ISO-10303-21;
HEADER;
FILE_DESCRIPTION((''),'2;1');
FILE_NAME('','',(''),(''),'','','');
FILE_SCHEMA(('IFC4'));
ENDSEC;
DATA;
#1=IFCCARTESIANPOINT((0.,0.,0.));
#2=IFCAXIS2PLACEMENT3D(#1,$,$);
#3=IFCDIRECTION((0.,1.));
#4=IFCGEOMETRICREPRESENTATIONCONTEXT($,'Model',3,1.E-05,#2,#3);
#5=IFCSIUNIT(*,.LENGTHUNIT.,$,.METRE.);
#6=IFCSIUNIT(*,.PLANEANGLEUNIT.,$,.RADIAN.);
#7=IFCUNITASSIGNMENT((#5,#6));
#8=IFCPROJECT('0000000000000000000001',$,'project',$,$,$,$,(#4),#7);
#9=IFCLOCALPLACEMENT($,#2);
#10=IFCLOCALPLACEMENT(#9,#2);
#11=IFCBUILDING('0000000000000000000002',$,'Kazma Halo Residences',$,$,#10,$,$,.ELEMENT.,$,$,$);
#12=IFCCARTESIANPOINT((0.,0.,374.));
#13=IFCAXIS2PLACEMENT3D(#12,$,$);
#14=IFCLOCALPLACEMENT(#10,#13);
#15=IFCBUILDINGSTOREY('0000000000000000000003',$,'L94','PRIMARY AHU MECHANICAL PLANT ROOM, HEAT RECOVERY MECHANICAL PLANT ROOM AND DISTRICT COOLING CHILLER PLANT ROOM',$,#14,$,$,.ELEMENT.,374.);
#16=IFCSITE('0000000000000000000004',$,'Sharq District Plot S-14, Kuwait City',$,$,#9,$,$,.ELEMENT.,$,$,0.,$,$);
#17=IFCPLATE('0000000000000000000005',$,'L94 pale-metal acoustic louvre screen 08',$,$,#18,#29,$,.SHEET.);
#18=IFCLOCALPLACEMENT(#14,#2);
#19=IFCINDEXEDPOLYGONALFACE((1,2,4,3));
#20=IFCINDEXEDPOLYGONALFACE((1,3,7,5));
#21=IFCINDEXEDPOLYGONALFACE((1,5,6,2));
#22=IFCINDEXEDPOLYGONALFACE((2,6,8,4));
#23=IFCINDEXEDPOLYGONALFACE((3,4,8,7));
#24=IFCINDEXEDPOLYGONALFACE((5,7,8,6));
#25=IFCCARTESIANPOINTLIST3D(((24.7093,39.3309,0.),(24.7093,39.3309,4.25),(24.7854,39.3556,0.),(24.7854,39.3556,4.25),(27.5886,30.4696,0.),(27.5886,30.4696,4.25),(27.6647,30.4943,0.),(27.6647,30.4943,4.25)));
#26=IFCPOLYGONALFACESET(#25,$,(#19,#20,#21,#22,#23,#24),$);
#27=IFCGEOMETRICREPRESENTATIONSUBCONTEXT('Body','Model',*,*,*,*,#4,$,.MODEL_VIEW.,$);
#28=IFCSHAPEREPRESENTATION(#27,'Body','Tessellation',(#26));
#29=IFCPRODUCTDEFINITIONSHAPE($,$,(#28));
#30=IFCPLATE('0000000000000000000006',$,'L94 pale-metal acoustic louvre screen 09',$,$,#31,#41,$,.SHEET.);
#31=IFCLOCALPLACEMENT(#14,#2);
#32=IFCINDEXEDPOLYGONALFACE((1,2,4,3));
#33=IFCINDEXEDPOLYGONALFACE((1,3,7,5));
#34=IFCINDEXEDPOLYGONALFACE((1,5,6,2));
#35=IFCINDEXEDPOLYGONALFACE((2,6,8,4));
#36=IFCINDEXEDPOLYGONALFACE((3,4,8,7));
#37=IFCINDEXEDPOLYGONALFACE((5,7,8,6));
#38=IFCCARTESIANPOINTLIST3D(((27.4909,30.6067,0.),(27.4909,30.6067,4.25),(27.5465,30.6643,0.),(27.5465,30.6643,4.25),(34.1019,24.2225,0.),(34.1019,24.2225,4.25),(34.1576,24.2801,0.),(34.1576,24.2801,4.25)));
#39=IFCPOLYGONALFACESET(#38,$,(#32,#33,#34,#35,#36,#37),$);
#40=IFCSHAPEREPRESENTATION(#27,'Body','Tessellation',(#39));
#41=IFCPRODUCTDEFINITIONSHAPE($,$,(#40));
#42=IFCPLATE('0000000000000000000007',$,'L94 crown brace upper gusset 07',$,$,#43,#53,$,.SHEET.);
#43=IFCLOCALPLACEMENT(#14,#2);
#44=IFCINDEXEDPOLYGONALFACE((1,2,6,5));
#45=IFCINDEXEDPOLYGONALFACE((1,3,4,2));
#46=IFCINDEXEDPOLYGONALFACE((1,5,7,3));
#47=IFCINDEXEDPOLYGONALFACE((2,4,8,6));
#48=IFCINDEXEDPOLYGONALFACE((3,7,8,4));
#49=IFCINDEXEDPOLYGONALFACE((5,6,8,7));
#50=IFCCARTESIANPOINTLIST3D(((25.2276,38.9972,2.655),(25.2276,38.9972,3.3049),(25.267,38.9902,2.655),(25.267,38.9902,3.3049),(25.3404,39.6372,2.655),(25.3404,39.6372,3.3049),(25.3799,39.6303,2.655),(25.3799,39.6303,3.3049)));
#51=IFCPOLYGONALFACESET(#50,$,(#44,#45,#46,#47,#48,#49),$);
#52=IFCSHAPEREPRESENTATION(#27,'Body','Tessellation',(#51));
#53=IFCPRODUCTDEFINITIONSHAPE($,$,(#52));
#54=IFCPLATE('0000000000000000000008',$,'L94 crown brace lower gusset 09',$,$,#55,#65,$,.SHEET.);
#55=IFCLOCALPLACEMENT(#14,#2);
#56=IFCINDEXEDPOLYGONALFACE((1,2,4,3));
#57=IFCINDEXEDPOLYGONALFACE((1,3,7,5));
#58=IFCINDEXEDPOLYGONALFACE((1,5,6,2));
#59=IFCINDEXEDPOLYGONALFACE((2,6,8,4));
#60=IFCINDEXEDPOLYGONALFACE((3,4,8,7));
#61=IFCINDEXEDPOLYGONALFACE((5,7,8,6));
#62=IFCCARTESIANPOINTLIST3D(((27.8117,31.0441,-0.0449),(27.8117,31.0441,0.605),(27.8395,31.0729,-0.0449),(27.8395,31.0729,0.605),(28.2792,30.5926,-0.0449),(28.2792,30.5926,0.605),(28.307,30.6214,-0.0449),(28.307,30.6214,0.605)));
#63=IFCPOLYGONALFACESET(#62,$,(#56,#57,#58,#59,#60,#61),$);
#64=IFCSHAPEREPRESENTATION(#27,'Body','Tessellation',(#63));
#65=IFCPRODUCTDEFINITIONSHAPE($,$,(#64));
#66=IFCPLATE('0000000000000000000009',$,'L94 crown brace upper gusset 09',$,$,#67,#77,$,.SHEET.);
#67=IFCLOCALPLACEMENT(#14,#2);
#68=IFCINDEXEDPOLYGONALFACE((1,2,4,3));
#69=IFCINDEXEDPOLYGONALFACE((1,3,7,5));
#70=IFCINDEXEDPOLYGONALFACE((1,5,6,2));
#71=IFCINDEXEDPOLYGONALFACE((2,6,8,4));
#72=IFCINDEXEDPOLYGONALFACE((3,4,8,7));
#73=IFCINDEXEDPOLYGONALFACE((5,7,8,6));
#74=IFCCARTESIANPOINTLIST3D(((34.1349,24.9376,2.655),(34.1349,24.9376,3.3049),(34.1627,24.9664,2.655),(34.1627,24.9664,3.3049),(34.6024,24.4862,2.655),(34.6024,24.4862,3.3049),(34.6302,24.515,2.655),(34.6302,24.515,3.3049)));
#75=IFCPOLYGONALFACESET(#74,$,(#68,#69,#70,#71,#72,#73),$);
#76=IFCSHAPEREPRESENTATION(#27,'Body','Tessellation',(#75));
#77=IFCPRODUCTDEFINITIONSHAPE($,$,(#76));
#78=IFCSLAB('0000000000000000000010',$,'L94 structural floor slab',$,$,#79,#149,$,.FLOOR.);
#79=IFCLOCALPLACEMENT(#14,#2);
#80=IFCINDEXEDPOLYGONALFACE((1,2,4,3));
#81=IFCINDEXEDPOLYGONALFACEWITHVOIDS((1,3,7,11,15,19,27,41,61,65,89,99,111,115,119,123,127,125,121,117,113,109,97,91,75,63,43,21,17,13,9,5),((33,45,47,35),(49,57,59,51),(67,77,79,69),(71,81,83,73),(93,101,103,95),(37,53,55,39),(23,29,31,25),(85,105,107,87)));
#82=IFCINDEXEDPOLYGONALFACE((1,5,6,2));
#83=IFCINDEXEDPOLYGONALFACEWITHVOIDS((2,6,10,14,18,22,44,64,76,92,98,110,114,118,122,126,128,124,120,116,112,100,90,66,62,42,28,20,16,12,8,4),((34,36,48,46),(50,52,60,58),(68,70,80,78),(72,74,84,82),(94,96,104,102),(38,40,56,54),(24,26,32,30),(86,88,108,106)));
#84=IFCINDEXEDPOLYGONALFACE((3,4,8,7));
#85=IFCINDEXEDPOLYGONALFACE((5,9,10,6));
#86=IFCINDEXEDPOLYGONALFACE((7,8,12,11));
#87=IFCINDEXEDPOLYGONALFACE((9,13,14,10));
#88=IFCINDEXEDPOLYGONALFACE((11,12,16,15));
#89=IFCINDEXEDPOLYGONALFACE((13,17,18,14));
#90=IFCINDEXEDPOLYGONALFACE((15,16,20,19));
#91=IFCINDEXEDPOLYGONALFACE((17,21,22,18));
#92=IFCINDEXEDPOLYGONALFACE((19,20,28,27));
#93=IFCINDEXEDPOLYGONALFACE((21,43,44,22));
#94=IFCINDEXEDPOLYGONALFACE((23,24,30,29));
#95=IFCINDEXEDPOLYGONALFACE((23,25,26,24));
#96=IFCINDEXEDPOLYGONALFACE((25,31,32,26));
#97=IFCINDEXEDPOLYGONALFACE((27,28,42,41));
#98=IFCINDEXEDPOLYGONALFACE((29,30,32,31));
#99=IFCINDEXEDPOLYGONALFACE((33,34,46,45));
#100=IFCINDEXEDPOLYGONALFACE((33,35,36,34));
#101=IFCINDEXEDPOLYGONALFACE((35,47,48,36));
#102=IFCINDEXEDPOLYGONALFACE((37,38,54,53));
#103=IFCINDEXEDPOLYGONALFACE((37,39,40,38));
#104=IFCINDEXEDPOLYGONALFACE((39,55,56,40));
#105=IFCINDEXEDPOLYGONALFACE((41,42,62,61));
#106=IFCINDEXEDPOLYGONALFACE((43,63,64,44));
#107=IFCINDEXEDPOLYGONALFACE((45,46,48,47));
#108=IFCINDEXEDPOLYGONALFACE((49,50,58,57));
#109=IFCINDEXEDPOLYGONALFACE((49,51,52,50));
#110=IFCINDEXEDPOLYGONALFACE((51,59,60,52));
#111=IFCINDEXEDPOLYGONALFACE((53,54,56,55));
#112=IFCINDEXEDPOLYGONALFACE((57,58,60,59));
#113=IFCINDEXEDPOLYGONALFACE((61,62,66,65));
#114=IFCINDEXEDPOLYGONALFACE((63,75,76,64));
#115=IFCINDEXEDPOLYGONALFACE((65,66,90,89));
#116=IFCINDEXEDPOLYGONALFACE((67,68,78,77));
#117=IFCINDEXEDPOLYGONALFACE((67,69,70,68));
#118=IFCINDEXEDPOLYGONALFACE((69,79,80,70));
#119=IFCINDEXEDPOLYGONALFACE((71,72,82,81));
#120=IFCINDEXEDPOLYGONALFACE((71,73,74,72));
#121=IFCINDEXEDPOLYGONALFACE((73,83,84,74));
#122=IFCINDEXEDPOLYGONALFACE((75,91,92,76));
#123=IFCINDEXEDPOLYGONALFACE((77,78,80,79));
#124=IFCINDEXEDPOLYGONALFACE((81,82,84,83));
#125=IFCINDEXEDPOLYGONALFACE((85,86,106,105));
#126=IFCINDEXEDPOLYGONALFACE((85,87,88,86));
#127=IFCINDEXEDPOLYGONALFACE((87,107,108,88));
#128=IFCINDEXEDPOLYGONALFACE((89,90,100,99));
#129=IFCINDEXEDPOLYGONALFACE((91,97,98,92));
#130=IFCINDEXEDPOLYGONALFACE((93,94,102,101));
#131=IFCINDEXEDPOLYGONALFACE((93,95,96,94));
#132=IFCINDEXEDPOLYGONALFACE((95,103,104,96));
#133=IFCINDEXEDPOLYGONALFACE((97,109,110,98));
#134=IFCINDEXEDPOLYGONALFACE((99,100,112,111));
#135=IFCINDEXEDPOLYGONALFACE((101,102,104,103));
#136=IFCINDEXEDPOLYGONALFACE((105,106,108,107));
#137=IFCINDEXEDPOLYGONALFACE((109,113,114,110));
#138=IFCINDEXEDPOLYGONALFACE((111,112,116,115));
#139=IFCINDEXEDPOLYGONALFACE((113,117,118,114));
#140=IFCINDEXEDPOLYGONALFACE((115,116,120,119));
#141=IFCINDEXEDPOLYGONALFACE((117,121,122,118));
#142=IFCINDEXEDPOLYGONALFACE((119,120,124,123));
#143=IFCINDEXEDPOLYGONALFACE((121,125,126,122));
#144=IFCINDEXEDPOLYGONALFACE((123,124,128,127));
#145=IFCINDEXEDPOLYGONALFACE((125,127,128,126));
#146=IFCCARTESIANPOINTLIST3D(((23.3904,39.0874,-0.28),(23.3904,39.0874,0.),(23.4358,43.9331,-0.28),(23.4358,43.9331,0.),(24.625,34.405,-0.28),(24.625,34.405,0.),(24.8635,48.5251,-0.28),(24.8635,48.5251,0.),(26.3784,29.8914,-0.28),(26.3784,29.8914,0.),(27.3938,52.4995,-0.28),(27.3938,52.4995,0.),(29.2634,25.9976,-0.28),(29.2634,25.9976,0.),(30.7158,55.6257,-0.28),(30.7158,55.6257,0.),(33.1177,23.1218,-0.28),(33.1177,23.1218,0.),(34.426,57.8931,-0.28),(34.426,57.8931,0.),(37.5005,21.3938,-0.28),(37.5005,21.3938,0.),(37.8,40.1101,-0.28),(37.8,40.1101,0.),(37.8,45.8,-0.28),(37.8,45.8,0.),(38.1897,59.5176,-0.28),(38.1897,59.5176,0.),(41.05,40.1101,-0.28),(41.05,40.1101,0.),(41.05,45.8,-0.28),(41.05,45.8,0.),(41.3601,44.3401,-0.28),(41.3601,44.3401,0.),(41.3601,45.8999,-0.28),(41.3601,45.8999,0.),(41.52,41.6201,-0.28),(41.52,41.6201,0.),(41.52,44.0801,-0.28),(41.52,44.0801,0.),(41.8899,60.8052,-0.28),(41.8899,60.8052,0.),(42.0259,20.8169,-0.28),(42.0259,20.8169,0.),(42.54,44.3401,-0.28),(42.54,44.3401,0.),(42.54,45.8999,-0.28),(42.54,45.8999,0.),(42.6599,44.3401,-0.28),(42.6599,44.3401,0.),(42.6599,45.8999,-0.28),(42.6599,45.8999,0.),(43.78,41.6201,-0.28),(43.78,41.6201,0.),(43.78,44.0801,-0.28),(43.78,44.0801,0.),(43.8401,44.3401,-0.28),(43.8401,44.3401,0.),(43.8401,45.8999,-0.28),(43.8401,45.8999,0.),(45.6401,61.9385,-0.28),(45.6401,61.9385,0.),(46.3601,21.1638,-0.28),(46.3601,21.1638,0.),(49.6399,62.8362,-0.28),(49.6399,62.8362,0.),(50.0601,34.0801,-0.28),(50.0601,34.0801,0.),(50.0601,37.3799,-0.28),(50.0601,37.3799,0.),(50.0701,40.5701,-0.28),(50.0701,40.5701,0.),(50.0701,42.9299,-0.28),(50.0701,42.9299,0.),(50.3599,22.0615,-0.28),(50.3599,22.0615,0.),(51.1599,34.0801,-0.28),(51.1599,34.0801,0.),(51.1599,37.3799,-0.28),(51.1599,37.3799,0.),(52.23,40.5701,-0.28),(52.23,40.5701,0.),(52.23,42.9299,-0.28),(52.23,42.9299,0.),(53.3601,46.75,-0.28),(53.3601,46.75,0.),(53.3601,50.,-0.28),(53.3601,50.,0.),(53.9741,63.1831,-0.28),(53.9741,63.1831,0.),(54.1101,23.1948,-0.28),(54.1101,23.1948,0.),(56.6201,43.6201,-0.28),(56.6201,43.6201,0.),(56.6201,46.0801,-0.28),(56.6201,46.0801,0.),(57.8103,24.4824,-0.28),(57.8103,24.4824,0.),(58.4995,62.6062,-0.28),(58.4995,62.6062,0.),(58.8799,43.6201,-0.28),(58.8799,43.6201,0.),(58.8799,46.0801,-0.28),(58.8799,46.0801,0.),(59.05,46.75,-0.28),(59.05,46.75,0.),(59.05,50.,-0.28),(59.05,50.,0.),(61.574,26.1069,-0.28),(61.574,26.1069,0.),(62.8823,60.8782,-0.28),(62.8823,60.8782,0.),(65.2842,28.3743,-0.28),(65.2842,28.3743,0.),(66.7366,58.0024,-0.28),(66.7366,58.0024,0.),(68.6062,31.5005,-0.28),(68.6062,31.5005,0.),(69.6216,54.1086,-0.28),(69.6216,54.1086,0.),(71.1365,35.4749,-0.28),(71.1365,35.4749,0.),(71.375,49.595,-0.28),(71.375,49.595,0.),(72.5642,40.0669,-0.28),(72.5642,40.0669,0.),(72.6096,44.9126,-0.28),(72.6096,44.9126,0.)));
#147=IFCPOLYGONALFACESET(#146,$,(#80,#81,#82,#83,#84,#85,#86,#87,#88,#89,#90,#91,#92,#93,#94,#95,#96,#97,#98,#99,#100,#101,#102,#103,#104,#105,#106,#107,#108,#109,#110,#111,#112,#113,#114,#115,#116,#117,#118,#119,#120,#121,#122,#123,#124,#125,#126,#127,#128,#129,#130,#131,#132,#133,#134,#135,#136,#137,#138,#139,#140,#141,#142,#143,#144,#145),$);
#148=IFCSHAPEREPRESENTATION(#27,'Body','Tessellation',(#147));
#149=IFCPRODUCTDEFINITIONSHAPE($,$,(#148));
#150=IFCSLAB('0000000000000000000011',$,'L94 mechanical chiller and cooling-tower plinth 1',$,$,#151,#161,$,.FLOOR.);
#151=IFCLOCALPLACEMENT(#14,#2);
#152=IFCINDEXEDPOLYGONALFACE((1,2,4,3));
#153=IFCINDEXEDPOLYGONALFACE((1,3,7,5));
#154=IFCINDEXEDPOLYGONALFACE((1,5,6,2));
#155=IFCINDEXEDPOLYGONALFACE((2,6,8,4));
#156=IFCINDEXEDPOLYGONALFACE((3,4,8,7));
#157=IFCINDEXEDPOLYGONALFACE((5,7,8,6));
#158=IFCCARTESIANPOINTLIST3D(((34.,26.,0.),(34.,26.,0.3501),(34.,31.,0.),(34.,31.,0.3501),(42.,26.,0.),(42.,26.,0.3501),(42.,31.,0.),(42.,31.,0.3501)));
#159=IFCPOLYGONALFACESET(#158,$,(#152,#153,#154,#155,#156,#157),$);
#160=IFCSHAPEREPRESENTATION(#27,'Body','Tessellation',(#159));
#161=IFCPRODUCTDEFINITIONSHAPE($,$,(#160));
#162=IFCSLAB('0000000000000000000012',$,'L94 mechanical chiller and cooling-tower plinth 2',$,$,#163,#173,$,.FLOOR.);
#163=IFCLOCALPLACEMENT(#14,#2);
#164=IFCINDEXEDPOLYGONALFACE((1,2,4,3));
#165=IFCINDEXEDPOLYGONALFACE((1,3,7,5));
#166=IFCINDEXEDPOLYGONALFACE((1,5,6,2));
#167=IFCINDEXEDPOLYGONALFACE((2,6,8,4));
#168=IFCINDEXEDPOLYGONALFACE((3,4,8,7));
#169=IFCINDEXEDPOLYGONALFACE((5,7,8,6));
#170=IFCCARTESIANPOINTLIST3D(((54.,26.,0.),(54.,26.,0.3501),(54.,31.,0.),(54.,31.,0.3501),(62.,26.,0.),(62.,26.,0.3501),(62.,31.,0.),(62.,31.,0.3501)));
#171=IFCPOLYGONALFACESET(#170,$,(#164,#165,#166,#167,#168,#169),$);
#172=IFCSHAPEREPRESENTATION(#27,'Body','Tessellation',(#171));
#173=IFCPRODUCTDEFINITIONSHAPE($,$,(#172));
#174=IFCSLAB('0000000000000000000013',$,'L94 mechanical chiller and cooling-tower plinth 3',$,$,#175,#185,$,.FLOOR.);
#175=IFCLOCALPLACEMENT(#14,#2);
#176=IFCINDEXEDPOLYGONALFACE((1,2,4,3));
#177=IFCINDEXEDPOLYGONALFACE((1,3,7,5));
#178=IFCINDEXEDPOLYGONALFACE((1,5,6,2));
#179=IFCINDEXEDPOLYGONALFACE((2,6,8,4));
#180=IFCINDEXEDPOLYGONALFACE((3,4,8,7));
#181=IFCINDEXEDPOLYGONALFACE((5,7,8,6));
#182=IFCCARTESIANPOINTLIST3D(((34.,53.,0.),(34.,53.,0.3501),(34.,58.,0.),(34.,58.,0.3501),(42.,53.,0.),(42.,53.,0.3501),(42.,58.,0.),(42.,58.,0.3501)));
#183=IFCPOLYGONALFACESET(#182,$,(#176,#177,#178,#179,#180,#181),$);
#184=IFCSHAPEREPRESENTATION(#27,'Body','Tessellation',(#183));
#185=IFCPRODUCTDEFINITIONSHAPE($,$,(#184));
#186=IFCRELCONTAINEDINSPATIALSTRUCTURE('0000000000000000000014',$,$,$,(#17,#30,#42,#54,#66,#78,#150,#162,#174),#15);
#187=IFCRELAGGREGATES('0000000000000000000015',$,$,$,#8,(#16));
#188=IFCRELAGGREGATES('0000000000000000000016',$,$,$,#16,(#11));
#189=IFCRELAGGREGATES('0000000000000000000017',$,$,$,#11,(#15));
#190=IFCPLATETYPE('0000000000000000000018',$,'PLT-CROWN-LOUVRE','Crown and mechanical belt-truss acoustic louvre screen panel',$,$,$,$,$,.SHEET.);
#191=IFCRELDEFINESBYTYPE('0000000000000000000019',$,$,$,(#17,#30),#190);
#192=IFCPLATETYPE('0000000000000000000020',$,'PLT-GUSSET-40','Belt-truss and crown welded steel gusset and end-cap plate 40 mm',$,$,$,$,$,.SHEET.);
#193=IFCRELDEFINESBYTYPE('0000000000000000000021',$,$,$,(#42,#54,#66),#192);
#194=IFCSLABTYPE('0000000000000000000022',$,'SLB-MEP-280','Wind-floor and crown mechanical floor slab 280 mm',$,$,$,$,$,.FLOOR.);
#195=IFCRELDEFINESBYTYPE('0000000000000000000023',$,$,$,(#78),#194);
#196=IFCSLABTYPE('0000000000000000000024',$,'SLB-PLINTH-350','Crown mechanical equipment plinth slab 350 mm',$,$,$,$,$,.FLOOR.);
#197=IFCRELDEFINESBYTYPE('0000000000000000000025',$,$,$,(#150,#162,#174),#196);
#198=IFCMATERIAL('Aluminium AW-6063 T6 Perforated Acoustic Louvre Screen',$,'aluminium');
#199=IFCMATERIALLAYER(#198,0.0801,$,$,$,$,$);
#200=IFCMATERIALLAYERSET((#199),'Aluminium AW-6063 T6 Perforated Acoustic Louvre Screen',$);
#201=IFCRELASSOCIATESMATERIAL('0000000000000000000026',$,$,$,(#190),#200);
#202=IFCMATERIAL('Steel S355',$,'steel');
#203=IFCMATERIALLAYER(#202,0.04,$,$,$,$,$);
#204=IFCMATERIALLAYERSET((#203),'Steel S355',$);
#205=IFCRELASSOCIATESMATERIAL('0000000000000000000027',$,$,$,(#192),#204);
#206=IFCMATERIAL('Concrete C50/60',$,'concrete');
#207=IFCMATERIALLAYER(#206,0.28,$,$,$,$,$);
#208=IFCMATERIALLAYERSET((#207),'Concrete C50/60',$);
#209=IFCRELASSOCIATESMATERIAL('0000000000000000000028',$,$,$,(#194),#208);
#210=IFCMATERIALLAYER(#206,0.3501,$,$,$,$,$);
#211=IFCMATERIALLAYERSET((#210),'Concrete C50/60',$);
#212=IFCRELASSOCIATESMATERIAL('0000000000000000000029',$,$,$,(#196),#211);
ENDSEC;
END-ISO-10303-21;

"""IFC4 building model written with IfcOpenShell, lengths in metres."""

from ifc_helpers import new_model, si_unit, direction, frame, origin, origin_2d, place, context, subcontext, project, spatial, polyline, rectangle, outline, extrude, material, layer, layer_set, type_object, element, save


model = new_model("IFC4")

# Units and contexts
model_context = context("Model", 3, precision=1e-05, world=origin(), true_north=direction((0.0, 1.0)))
body_context = subcontext(model_context, "Body", "Model", "MODEL_VIEW")
ifc_project = project(units=[si_unit("LENGTHUNIT", "METRE"), si_unit("PLANEANGLEUNIT", "RADIAN")], contexts=[model_context])

# Site, building, storey
site_placement = place(None, origin())
site = spatial("IfcSite", under=ifc_project, at=site_placement, Name="Sharq District Plot S-14, Kuwait City", CompositionType="ELEMENT", RefElevation=0.0)
building_placement = place(site_placement, origin())
building = spatial("IfcBuilding", under=site, at=building_placement, Name="Kazma Halo Residences", CompositionType="ELEMENT")
storey_placement = place(building_placement, frame((0.0, 0.0, 374.0)))
storey = spatial("IfcBuildingStorey", under=building, at=storey_placement, Name="L94", Description="PRIMARY AHU MECHANICAL PLANT ROOM, HEAT RECOVERY MECHANICAL PLANT ROOM AND DISTRICT COOLING CHILLER PLANT ROOM", CompositionType="ELEMENT", Elevation=374.0)

# Shared definitions
ifc_material_1 = material(Name="Steel S355", Category="steel")

# Plates
ifc_material_2 = material(Name="Aluminium AW-6063 T6 Perforated Acoustic Louvre Screen", Category="aluminium")
ifc_layer_1 = layer(ifc_material_2, 0.0801)
ifc_layer_set_1 = layer_set([ifc_layer_1], Name="Aluminium AW-6063 T6 Perforated Acoustic Louvre Screen")
plate_type_1 = type_object("IfcPlateType", Name="PLT-CROWN-LOUVRE", Description="Crown and mechanical belt-truss acoustic louvre screen panel", PredefinedType="SHEET", material=ifc_layer_set_1)
plate_1_placement = place(storey_placement, frame((26.187, 34.9126, 0.0), z_axis=(0.0, 0.0, 1.0), x_axis=(0.309023, -0.951055, 0.0)))
element("IfcPlate", 1, at=plate_1_placement, inside=storey, type_object=plate_type_1, Name="L94 pale-metal acoustic louvre screen 08", PredefinedType="SHEET", context=body_context, shape_type="SweptSolid", body=[
    extrude(rectangle(XDim=9.3174, YDim=0.0801, at=origin_2d()), origin(), (0.0, 0.0, 1.0), 4.25),
])
plate_2_placement = place(storey_placement, frame((30.8242, 27.4434, 0.0), z_axis=(0.0, 0.0, 1.0), x_axis=(0.719342, -0.694656, 0.0)))
element("IfcPlate", 2, at=plate_2_placement, inside=storey, type_object=plate_type_1, Name="L94 pale-metal acoustic louvre screen 09", PredefinedType="SHEET", context=body_context, shape_type="SweptSolid", body=[
    extrude(rectangle(XDim=9.1904, YDim=0.0801, at=origin_2d()), origin(), (0.0, 0.0, 1.0), 4.25),
])
ifc_layer_2 = layer(ifc_material_1, 0.04)
ifc_layer_set_2 = layer_set([ifc_layer_2], Name="Steel S355")
plate_type_2 = type_object("IfcPlateType", Name="PLT-GUSSET-40", Description="Belt-truss and crown welded steel gusset and end-cap plate 40 mm", PredefinedType="SHEET", material=ifc_layer_set_2)
for number, where, z_axis, x_axis, name in (
    (3, (25.3037, 39.3137, 2.655), (0.0, 0.0, 1.0), (-0.173656, -0.984806, 0.0), "L94 crown brace upper gusset 07"),
    (4, (28.0593, 30.8328, -0.0449), (0.0, 0.0, 1.0), (0.719342, -0.694656, 0.0), "L94 crown brace lower gusset 09"),
    (5, (34.3826, 24.7263, 2.655), (0.0, 0.0, 1.0), (0.719342, -0.694656, 0.0), "L94 crown brace upper gusset 09"),
):
    element("IfcPlate", number, at=place(storey_placement, frame(where, z_axis=z_axis, x_axis=x_axis)), inside=storey, type_object=plate_type_2, Name=name, PredefinedType="SHEET", context=body_context, shape_type="SweptSolid", body=[
        extrude(rectangle(XDim=0.6499, YDim=0.04, at=origin_2d()), origin(), (0.0, 0.0, 1.0), 0.6499),
    ])

# Slabs
ifc_material_3 = material(Name="Concrete C50/60", Category="concrete")
ifc_layer_3 = layer(ifc_material_3, 0.28)
ifc_layer_set_3 = layer_set([ifc_layer_3], Name="Concrete C50/60")
slab_type_1 = type_object("IfcSlabType", Name="SLB-MEP-280", Description="Wind-floor and crown mechanical floor slab 280 mm", PredefinedType="FLOOR", material=ifc_layer_set_3)
slab_1_placement = place(storey_placement, frame((0.0, 0.0, -0.28)))
element("IfcSlab", 6, at=slab_1_placement, inside=storey, type_object=slab_type_1, Name="L94 structural floor slab", PredefinedType="FLOOR", context=body_context, shape_type="SweptSolid", body=[
    extrude(outline(polyline([(71.375, 49.595), (69.6216, 54.1086), (66.7366, 58.0024), (62.8823, 60.8782), (58.4995, 62.6062), (53.9741, 63.1831), (49.6399, 62.8362), (45.6401, 61.9385), (41.8899, 60.8052), (38.1897, 59.5176), (34.426, 57.8931), (30.7158, 55.6257), (27.3938, 52.4995), (24.8635, 48.5251), (23.4358, 43.9331), (23.3904, 39.0874), (24.625, 34.405), (26.3784, 29.8914), (29.2634, 25.9976), (33.1177, 23.1218), (37.5005, 21.3938), (42.0259, 20.8169), (46.3601, 21.1638), (50.3599, 22.0615), (54.1101, 23.1948), (57.8103, 24.4824), (61.574, 26.1069), (65.2842, 28.3743), (68.6062, 31.5005), (71.1365, 35.4749), (72.5642, 40.0669), (72.6096, 44.9126), (71.375, 49.595)]), holes=[polyline([(37.8, 40.1101), (41.05, 40.1101), (41.05, 45.8), (37.8, 45.8), (37.8, 40.1101)]), polyline([(53.3601, 46.75), (59.05, 46.75), (59.05, 50.0), (53.3601, 50.0), (53.3601, 46.75)]), polyline([(41.52, 41.6201), (43.78, 41.6201), (43.78, 44.0801), (41.52, 44.0801), (41.52, 41.6201)]), polyline([(56.6201, 43.6201), (58.8799, 43.6201), (58.8799, 46.0801), (56.6201, 46.0801), (56.6201, 43.6201)]), polyline([(50.0701, 40.5701), (52.23, 40.5701), (52.23, 42.9299), (50.0701, 42.9299), (50.0701, 40.5701)]), polyline([(41.3601, 44.3401), (42.54, 44.3401), (42.54, 45.8999), (41.3601, 45.8999), (41.3601, 44.3401)]), polyline([(42.6599, 44.3401), (43.8401, 44.3401), (43.8401, 45.8999), (42.6599, 45.8999), (42.6599, 44.3401)]), polyline([(50.0601, 34.0801), (51.1599, 34.0801), (51.1599, 37.3799), (50.0601, 37.3799), (50.0601, 34.0801)])]), origin(), (0.0, 0.0, 1.0), 0.28),
])
ifc_layer_4 = layer(ifc_material_3, 0.3501)
ifc_layer_set_4 = layer_set([ifc_layer_4], Name="Concrete C50/60")
slab_type_2 = type_object("IfcSlabType", Name="SLB-PLINTH-350", Description="Crown mechanical equipment plinth slab 350 mm", PredefinedType="FLOOR", material=ifc_layer_set_4)
slab_2_placement = place(storey_placement, origin())
element("IfcSlab", 7, at=slab_2_placement, inside=storey, type_object=slab_type_2, Name="L94 mechanical chiller and cooling-tower plinth 1", PredefinedType="FLOOR", context=body_context, shape_type="SweptSolid", body=[
    extrude(outline(polyline([(34.0, 26.0), (42.0, 26.0), (42.0, 31.0), (34.0, 31.0), (34.0, 26.0)])), origin(), (0.0, 0.0, 1.0), 0.3501),
])
slab_3_placement = place(storey_placement, origin())
element("IfcSlab", 8, at=slab_3_placement, inside=storey, type_object=slab_type_2, Name="L94 mechanical chiller and cooling-tower plinth 2", PredefinedType="FLOOR", context=body_context, shape_type="SweptSolid", body=[
    extrude(outline(polyline([(54.0, 26.0), (62.0, 26.0), (62.0, 31.0), (54.0, 31.0), (54.0, 26.0)])), origin(), (0.0, 0.0, 1.0), 0.3501),
])
slab_4_placement = place(storey_placement, origin())
element("IfcSlab", 9, at=slab_4_placement, inside=storey, type_object=slab_type_2, Name="L94 mechanical chiller and cooling-tower plinth 3", PredefinedType="FLOOR", context=body_context, shape_type="SweptSolid", body=[
    extrude(outline(polyline([(34.0, 53.0), (42.0, 53.0), (42.0, 58.0), (34.0, 58.0), (34.0, 53.0)])), origin(), (0.0, 0.0, 1.0), 0.3501),
])

save(model, "model.ifc")
